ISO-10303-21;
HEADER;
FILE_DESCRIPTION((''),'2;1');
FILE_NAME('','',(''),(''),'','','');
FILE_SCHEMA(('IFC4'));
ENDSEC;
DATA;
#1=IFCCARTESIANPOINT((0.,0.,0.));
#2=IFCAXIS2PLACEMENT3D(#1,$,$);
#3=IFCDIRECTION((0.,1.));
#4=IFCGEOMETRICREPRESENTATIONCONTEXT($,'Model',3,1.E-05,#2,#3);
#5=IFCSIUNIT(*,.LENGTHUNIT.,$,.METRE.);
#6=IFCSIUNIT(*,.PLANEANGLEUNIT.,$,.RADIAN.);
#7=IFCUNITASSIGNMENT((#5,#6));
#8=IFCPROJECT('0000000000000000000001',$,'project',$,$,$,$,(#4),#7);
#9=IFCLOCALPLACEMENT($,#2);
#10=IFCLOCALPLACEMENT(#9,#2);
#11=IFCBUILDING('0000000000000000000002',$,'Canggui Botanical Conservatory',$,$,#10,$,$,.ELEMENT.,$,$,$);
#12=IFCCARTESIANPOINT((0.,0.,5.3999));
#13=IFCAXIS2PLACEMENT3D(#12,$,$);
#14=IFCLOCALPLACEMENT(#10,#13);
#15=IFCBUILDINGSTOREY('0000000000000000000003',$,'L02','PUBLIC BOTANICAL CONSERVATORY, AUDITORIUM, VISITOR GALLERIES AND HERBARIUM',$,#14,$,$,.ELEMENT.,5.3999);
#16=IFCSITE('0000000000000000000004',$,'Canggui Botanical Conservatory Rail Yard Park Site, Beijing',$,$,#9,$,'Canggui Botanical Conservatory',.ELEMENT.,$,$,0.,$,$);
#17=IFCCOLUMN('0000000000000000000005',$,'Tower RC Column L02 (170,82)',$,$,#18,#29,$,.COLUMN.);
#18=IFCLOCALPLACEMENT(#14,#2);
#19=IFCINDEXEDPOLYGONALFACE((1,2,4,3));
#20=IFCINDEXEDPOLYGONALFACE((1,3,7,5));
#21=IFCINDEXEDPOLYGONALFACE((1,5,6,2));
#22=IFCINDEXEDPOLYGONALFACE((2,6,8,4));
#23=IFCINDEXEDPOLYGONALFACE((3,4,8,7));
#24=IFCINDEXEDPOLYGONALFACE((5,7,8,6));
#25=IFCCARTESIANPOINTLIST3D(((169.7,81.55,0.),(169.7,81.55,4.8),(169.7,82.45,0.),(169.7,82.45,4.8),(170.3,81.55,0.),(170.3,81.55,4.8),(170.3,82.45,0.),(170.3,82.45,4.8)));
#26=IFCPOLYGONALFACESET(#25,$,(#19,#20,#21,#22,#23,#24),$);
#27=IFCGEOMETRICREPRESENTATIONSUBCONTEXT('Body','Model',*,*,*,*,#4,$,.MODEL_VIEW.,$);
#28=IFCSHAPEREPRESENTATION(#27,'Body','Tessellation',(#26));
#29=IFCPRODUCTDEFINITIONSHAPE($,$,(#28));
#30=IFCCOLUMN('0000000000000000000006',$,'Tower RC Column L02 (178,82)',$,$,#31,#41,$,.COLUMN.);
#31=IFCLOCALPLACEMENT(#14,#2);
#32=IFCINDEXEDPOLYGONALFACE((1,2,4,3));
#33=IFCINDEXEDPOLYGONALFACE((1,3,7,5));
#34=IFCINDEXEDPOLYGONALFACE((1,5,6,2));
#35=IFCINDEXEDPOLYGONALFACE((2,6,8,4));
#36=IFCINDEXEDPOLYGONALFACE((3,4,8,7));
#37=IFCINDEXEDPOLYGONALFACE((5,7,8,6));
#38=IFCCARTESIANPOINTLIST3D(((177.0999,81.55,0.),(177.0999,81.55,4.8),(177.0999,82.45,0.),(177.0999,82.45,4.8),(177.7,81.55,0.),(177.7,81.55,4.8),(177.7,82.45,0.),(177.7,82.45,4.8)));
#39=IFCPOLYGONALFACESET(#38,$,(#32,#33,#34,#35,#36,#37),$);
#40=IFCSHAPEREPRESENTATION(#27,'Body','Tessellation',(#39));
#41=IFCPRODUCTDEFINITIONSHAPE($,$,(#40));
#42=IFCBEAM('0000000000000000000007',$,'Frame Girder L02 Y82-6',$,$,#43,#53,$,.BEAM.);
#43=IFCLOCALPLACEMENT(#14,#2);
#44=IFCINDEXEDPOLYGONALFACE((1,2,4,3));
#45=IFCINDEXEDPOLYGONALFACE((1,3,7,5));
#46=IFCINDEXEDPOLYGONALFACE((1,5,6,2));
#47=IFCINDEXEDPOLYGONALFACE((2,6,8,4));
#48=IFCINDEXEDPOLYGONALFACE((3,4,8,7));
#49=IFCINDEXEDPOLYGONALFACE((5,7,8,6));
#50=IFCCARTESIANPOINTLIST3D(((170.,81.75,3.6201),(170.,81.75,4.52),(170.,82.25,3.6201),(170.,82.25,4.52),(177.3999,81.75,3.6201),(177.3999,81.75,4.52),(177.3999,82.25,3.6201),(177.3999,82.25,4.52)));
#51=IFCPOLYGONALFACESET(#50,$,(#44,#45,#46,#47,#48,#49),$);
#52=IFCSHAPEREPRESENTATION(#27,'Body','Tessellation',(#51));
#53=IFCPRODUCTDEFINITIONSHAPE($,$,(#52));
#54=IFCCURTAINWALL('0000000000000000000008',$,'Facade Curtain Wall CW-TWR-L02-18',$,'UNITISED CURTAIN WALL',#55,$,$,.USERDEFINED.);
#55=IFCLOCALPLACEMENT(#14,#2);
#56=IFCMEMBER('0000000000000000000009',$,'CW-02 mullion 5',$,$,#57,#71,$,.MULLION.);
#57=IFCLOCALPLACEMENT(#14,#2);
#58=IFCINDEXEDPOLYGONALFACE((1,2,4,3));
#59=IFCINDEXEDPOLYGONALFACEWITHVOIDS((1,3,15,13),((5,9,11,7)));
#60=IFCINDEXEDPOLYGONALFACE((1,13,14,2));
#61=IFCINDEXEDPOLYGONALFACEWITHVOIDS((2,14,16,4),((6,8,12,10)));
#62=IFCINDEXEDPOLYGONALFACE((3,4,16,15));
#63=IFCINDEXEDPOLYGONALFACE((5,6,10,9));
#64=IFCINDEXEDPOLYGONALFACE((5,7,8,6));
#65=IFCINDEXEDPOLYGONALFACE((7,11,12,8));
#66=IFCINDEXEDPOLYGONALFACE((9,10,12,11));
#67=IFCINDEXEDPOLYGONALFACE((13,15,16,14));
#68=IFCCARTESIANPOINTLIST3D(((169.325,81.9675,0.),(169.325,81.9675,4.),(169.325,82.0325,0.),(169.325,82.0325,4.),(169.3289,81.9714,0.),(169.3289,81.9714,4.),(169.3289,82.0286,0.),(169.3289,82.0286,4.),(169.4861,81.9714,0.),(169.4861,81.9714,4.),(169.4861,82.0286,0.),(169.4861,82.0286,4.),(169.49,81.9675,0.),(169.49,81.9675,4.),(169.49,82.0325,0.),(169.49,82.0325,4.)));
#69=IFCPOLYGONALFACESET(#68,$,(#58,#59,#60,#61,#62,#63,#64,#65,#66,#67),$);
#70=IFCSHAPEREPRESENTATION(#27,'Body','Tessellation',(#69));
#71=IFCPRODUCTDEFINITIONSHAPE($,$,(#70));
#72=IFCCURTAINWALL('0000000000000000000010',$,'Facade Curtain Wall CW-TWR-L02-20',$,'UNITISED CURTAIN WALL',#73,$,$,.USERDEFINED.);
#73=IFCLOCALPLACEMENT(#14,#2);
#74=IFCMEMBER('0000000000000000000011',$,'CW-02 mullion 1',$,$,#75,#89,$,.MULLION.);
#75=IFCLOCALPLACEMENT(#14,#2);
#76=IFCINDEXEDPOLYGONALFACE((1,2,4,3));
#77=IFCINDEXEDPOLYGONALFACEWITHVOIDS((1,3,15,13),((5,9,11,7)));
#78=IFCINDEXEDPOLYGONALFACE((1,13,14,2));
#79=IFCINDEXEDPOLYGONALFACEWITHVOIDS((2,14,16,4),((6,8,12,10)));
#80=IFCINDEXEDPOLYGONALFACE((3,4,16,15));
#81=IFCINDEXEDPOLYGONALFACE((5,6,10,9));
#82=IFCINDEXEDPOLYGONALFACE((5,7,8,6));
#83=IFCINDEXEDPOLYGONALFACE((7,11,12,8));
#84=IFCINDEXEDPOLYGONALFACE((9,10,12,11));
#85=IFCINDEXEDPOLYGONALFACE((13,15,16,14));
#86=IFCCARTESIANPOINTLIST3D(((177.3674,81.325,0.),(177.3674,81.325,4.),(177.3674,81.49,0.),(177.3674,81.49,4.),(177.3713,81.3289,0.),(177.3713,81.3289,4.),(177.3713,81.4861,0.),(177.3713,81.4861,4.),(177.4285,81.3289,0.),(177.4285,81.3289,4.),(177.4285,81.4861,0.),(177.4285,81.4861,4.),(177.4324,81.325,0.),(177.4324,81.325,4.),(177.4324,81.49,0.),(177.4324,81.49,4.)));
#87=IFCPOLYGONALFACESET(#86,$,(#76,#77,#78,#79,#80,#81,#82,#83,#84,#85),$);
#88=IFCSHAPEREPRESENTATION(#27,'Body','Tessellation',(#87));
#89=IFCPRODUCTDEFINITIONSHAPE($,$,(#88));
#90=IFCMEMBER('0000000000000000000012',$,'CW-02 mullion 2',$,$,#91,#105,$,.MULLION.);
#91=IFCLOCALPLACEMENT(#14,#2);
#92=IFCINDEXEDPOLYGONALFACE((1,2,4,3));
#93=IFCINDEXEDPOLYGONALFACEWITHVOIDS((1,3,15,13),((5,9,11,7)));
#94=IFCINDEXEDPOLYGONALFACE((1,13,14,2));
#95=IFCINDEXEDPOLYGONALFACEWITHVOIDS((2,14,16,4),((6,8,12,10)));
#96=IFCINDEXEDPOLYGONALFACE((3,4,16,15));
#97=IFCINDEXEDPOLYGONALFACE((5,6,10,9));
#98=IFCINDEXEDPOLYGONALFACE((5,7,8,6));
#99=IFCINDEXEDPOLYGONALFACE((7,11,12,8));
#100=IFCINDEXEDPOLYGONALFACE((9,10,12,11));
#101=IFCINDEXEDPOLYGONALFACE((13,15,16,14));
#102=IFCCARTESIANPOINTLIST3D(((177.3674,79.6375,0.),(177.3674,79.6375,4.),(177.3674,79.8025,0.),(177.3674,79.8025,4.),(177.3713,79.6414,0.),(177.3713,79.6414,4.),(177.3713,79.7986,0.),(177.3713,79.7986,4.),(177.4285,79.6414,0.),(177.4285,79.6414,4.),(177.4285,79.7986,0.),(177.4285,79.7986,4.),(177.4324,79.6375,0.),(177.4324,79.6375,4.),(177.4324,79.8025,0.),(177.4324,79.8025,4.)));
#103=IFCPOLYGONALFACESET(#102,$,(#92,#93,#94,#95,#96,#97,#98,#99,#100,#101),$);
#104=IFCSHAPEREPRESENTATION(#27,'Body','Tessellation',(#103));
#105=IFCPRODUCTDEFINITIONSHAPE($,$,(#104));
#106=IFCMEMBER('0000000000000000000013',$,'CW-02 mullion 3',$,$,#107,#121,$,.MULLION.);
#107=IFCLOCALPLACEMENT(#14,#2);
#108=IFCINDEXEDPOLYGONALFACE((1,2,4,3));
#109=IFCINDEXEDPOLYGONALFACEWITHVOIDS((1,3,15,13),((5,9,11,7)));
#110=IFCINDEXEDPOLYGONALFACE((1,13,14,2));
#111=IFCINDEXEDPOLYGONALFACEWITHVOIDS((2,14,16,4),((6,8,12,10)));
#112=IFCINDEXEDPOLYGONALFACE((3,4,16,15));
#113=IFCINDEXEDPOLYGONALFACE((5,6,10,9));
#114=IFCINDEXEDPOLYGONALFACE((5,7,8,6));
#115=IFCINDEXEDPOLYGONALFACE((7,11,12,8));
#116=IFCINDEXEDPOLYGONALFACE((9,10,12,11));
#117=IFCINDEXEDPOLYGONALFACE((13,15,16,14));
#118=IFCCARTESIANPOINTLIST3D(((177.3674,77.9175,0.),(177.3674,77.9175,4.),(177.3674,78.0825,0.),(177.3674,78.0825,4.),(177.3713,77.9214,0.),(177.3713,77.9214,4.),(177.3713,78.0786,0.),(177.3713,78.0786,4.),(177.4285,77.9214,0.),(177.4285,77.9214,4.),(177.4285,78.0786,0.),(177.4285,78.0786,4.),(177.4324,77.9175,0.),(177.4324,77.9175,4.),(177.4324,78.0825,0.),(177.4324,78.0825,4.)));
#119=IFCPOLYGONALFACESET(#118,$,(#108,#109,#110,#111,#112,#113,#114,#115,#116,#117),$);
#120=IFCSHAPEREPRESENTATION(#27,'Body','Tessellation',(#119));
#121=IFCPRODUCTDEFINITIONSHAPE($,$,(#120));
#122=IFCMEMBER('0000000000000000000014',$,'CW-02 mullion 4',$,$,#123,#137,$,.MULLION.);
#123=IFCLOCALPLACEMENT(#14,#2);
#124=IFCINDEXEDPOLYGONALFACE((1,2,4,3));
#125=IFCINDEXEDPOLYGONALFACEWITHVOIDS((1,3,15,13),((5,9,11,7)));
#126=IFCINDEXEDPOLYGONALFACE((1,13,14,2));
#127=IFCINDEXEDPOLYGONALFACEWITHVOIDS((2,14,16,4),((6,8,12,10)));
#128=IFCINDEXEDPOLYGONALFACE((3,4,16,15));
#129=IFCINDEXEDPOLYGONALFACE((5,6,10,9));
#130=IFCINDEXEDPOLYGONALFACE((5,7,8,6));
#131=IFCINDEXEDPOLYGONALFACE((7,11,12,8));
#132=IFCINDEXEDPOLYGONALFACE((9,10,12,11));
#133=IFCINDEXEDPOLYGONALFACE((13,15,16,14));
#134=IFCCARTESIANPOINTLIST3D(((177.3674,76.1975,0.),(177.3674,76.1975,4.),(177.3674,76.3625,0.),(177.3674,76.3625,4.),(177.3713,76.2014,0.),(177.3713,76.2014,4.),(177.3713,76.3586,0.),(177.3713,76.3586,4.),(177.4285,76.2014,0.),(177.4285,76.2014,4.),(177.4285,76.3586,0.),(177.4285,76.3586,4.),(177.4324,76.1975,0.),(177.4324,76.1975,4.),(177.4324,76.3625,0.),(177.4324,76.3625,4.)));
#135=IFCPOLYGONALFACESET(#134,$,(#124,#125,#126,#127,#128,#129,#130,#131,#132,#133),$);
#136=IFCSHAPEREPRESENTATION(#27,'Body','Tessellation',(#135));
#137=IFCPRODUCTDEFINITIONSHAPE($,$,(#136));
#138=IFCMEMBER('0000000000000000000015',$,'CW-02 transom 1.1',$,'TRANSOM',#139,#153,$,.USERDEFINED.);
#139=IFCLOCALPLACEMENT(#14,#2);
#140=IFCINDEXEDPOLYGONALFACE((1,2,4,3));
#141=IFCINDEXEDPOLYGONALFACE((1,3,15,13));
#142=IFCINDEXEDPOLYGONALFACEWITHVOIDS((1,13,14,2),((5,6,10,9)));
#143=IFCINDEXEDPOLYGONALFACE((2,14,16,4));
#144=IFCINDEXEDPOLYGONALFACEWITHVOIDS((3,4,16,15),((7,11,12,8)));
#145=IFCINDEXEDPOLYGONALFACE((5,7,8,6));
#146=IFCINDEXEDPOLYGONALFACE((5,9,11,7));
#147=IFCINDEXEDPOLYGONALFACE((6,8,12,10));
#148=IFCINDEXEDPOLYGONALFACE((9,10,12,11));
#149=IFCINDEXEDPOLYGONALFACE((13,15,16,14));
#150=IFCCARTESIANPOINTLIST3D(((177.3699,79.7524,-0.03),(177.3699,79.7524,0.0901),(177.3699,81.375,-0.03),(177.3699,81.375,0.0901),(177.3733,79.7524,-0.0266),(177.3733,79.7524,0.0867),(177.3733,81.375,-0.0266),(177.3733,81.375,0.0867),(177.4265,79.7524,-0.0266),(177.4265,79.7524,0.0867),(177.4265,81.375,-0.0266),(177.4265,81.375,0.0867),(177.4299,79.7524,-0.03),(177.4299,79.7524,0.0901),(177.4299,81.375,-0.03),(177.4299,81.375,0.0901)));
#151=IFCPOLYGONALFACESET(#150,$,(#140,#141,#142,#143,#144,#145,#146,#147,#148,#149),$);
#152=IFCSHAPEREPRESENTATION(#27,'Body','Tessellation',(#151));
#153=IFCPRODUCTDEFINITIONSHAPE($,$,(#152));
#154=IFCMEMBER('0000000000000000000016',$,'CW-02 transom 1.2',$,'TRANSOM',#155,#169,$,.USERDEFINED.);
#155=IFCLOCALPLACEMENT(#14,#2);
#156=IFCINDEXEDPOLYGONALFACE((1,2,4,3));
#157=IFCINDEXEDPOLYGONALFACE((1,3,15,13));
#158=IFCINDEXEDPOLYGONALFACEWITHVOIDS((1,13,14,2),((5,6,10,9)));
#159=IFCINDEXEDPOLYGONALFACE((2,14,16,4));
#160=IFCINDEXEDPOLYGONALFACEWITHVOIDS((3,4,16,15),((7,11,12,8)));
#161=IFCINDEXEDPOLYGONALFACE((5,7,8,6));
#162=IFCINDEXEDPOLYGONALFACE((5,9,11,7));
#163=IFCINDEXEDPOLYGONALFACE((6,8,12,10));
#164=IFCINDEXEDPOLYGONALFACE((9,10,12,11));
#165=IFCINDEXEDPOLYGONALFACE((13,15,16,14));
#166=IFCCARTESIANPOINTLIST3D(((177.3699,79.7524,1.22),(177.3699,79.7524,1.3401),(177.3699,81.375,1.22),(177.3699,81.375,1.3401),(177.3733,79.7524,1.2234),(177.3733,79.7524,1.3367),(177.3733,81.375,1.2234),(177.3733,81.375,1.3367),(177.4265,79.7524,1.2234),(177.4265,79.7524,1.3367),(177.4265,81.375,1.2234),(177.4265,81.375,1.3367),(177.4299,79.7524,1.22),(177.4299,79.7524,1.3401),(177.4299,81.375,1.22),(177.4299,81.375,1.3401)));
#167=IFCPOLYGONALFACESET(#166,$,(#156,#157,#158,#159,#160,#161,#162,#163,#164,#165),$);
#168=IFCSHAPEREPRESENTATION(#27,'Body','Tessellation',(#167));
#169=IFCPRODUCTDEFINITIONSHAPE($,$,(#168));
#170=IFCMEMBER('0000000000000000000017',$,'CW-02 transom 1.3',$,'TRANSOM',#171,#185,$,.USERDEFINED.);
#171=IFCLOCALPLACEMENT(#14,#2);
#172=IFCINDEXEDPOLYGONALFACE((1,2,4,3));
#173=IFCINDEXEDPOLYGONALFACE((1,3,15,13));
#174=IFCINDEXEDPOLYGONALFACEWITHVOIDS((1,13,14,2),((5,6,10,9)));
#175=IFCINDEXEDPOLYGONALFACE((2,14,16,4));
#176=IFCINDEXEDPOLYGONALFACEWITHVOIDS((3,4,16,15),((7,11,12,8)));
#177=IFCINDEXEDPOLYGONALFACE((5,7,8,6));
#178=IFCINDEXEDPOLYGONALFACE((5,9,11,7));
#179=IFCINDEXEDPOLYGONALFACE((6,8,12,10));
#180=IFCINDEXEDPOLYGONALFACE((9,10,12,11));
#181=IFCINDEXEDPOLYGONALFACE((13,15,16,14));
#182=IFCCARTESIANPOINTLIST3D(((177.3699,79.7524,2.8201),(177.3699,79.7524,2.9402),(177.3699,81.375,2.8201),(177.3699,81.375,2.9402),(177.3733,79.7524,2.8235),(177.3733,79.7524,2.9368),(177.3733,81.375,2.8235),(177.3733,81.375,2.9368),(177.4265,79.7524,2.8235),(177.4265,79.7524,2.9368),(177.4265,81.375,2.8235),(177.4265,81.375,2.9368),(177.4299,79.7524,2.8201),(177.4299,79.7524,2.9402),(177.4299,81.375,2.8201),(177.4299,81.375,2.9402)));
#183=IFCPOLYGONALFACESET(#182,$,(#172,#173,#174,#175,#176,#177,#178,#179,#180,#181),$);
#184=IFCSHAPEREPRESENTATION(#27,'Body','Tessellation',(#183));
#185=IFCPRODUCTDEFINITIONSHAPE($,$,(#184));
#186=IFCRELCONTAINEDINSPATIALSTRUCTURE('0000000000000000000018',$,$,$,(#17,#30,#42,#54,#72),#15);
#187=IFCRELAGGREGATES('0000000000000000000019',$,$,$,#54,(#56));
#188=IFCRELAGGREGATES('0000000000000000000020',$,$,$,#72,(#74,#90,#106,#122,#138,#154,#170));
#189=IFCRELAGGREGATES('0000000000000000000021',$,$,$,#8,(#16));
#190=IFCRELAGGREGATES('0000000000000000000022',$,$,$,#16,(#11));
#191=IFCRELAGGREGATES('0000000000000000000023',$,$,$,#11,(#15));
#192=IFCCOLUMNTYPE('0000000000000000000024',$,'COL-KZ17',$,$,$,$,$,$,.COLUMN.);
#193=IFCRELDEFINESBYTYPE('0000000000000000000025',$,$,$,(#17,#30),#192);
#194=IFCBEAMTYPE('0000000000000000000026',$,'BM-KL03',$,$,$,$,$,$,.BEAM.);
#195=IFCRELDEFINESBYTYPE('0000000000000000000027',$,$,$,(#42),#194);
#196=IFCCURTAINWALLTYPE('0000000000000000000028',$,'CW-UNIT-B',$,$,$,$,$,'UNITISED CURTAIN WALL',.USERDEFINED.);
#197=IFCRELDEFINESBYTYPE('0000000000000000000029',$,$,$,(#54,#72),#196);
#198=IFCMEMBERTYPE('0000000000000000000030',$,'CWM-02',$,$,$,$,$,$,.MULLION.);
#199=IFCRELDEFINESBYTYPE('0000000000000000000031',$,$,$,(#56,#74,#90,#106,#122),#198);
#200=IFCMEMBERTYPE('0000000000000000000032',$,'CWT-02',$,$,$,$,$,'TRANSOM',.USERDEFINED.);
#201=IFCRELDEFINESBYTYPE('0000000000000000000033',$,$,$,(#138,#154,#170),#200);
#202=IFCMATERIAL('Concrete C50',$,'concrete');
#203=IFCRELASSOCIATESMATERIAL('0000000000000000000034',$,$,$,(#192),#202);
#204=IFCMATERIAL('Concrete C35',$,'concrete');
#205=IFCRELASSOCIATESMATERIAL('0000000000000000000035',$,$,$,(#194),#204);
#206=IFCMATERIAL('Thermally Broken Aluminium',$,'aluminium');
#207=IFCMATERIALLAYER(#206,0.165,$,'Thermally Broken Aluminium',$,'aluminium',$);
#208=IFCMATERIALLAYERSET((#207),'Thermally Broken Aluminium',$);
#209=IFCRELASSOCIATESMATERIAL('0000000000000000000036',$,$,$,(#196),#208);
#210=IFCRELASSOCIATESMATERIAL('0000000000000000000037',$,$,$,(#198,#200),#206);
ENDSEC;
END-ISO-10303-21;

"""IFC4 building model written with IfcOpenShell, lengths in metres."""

from ifc_helpers import new_model, si_unit, direction, frame, origin, origin_2d, place, context, subcontext, project, spatial, rectangle, hollow_rectangle, extrude, material, layer, layer_set, material_profile, profile_set, type_object, element, aggregate, save


model = new_model("IFC4")

# Units and contexts
model_context = context("Model", 3, precision=1e-05, world=origin(), true_north=direction((0.0, 1.0)))
body_context = subcontext(model_context, "Body", "Model", "MODEL_VIEW")
ifc_project = project(units=[si_unit("LENGTHUNIT", "METRE"), si_unit("PLANEANGLEUNIT", "RADIAN")], contexts=[model_context])

# Site, building, storey
site_placement = place(None, origin())
site = spatial("IfcSite", under=ifc_project, at=site_placement, Name="Canggui Botanical Conservatory Rail Yard Park Site, Beijing", LongName="Canggui Botanical Conservatory", CompositionType="ELEMENT", RefElevation=0.0)
building_placement = place(site_placement, origin())
building = spatial("IfcBuilding", under=site, at=building_placement, Name="Canggui Botanical Conservatory", CompositionType="ELEMENT")
storey_placement = place(building_placement, frame((0.0, 0.0, 5.3999)))
storey = spatial("IfcBuildingStorey", under=building, at=storey_placement, Name="L02", Description="PUBLIC BOTANICAL CONSERVATORY, AUDITORIUM, VISITOR GALLERIES AND HERBARIUM", CompositionType="ELEMENT", Elevation=5.3999)

# Columns
ifc_material_1 = material(Name="Concrete C50", Category="concrete")
ifc_material_profile_1 = material_profile(ifc_material_1, rectangle(XDim=0.6001, YDim=0.8999, at=origin_2d()), Name="RC 600x900")
ifc_profile_set_1 = profile_set([ifc_material_profile_1], Name="Concrete C50")
column_type = type_object("IfcColumnType", Name="COL-KZ17", PredefinedType="COLUMN", material=ifc_profile_set_1)
for number, where, z_axis, x_axis, name in (
    (1, (170.0, 82.0, 0.0), (0.0, 0.0, 1.0), (1.0, 0.0, 0.0), "Tower RC Column L02 (170,82)"),
    (2, (177.3999, 82.0, 0.0), (0.0, 0.0, 1.0), (1.0, 0.0, 0.0), "Tower RC Column L02 (178,82)"),
):
    element("IfcColumn", number, at=place(storey_placement, frame(where, z_axis=z_axis, x_axis=x_axis)), inside=storey, type_object=column_type, Name=name, PredefinedType="COLUMN", context=body_context, shape_type="SweptSolid", body=[
        extrude(rectangle(XDim=0.6001, YDim=0.8999, at=origin_2d()), origin(), (0.0, 0.0, 1.0), 4.8),
    ])

# Beam
ifc_material_2 = material(Name="Concrete C35", Category="concrete")
ifc_material_profile_2 = material_profile(ifc_material_2, rectangle(XDim=0.5, YDim=0.8999, at=origin_2d()), Name="RB 500x900")
ifc_profile_set_2 = profile_set([ifc_material_profile_2], Name="Concrete C35")
beam_type = type_object("IfcBeamType", Name="BM-KL03", PredefinedType="BEAM", material=ifc_profile_set_2)
beam_placement = place(storey_placement, frame((170.0, 82.0, 4.0701), z_axis=(1.0, 0.0, 0.0), x_axis=(0.0, 1.0, 0.0)))
element("IfcBeam", 3, at=beam_placement, inside=storey, type_object=beam_type, Name="Frame Girder L02 Y82-6", PredefinedType="BEAM", context=body_context, shape_type="SweptSolid", body=[
    extrude(rectangle(XDim=0.5, YDim=0.8999, at=origin_2d()), origin(), (0.0, 0.0, 1.0), 7.3999),
])

# Curtain wall, member
ifc_material_3 = material(Name="Thermally Broken Aluminium", Category="aluminium")
ifc_layer_1 = layer(ifc_material_3, 0.165, Name="Thermally Broken Aluminium", Category="aluminium")
ifc_layer_set_1 = layer_set([ifc_layer_1], Name="Thermally Broken Aluminium")
curtain_wall_type = type_object("IfcCurtainWallType", Name="CW-UNIT-B", ElementType="UNITISED CURTAIN WALL", PredefinedType="USERDEFINED", material=ifc_layer_set_1)
curtain_wall_1_placement = place(storey_placement, origin())
curtain_wall_1 = element("IfcCurtainWall", 4, at=curtain_wall_1_placement, inside=storey, type_object=curtain_wall_type, Name="Facade Curtain Wall CW-TWR-L02-18", ObjectType="UNITISED CURTAIN WALL", PredefinedType="USERDEFINED")
ifc_material_profile_3 = material_profile(ifc_material_3, hollow_rectangle(XDim=0.0649, YDim=0.165, WallThickness=0.0039, at=origin_2d()), Name="CWM 65x165x4")
ifc_profile_set_3 = profile_set([ifc_material_profile_3], Name="Thermally Broken Aluminium")
member_type_1 = type_object("IfcMemberType", Name="CWM-02", PredefinedType="MULLION", material=ifc_profile_set_3)
member_1_placement = place(storey_placement, frame((169.4075, 82.0, 0.0), z_axis=(0.0, 0.0, 1.0), x_axis=(0.0, 1.0, 0.0)))
member_1 = element("IfcMember", 5, at=member_1_placement, type_object=member_type_1, Name="CW-02 mullion 5", PredefinedType="MULLION", context=body_context, shape_type="SweptSolid", body=[
    extrude(hollow_rectangle(XDim=0.0649, YDim=0.165, WallThickness=0.0039, at=origin_2d()), origin(), (0.0, 0.0, 1.0), 4.0),
])

# Curtain wall, members
curtain_wall_2_placement = place(storey_placement, origin())
curtain_wall_2 = element("IfcCurtainWall", 6, at=curtain_wall_2_placement, inside=storey, type_object=curtain_wall_type, Name="Facade Curtain Wall CW-TWR-L02-20", ObjectType="UNITISED CURTAIN WALL", PredefinedType="USERDEFINED")
member_2_placement = place(storey_placement, frame((177.3999, 81.4075, 0.0), z_axis=(0.0, 0.0, 1.0), x_axis=(1.0, 0.0, 0.0)))
member_2 = element("IfcMember", 7, at=member_2_placement, type_object=member_type_1, Name="CW-02 mullion 1", PredefinedType="MULLION", context=body_context, shape_type="SweptSolid", body=[
    extrude(hollow_rectangle(XDim=0.0649, YDim=0.165, WallThickness=0.0039, at=origin_2d()), origin(), (0.0, 0.0, 1.0), 4.0),
])
member_3_placement = place(storey_placement, frame((177.3999, 79.72, 0.0), z_axis=(0.0, 0.0, 1.0), x_axis=(1.0, 0.0, 0.0)))
member_3 = element("IfcMember", 8, at=member_3_placement, type_object=member_type_1, Name="CW-02 mullion 2", PredefinedType="MULLION", context=body_context, shape_type="SweptSolid", body=[
    extrude(hollow_rectangle(XDim=0.0649, YDim=0.165, WallThickness=0.0039, at=origin_2d()), origin(), (0.0, 0.0, 1.0), 4.0),
])
member_4_placement = place(storey_placement, frame((177.3999, 78.0, 0.0), z_axis=(0.0, 0.0, 1.0), x_axis=(1.0, 0.0, 0.0)))
member_4 = element("IfcMember", 9, at=member_4_placement, type_object=member_type_1, Name="CW-02 mullion 3", PredefinedType="MULLION", context=body_context, shape_type="SweptSolid", body=[
    extrude(hollow_rectangle(XDim=0.0649, YDim=0.165, WallThickness=0.0039, at=origin_2d()), origin(), (0.0, 0.0, 1.0), 4.0),
])
member_5_placement = place(storey_placement, frame((177.3999, 76.28, 0.0), z_axis=(0.0, 0.0, 1.0), x_axis=(1.0, 0.0, 0.0)))
member_5 = element("IfcMember", 10, at=member_5_placement, type_object=member_type_1, Name="CW-02 mullion 4", PredefinedType="MULLION", context=body_context, shape_type="SweptSolid", body=[
    extrude(hollow_rectangle(XDim=0.0649, YDim=0.165, WallThickness=0.0039, at=origin_2d()), origin(), (0.0, 0.0, 1.0), 4.0),
])
ifc_material_profile_4 = material_profile(ifc_material_3, hollow_rectangle(XDim=0.0601, YDim=0.1201, WallThickness=0.0034, at=origin_2d()), Name="CWT 60x120x3.5")
ifc_profile_set_4 = profile_set([ifc_material_profile_4], Name="Thermally Broken Aluminium")
member_type_2 = type_object("IfcMemberType", Name="CWT-02", ElementType="TRANSOM", PredefinedType="USERDEFINED", material=ifc_profile_set_4)
member_6_placement = place(storey_placement, frame((177.3999, 81.375, 0.03), z_axis=(0.0, -1.0, 0.0), x_axis=(1.0, 0.0, 0.0)))
member_6 = element("IfcMember", 11, at=member_6_placement, type_object=member_type_2, Name="CW-02 transom 1.1", ObjectType="TRANSOM", PredefinedType="USERDEFINED", context=body_context, shape_type="SweptSolid", body=[
    extrude(hollow_rectangle(XDim=0.0601, YDim=0.1201, WallThickness=0.0034, at=origin_2d()), origin(), (0.0, 0.0, 1.0), 1.6226),
])
member_7_placement = place(storey_placement, frame((177.3999, 81.375, 1.28), z_axis=(0.0, -1.0, 0.0), x_axis=(1.0, 0.0, 0.0)))
member_7 = element("IfcMember", 12, at=member_7_placement, type_object=member_type_2, Name="CW-02 transom 1.2", ObjectType="TRANSOM", PredefinedType="USERDEFINED", context=body_context, shape_type="SweptSolid", body=[
    extrude(hollow_rectangle(XDim=0.0601, YDim=0.1201, WallThickness=0.0034, at=origin_2d()), origin(), (0.0, 0.0, 1.0), 1.6226),
])
member_8_placement = place(storey_placement, frame((177.3999, 81.375, 2.8801), z_axis=(0.0, -1.0, 0.0), x_axis=(1.0, 0.0, 0.0)))
member_8 = element("IfcMember", 13, at=member_8_placement, type_object=member_type_2, Name="CW-02 transom 1.3", ObjectType="TRANSOM", PredefinedType="USERDEFINED", context=body_context, shape_type="SweptSolid", body=[
    extrude(hollow_rectangle(XDim=0.0601, YDim=0.1201, WallThickness=0.0034, at=origin_2d()), origin(), (0.0, 0.0, 1.0), 1.6226),
])

aggregate(curtain_wall_1, [member_1])
aggregate(curtain_wall_2, [member_2, member_3, member_4, member_5, member_6, member_7, member_8])

save(model, "model.ifc")
